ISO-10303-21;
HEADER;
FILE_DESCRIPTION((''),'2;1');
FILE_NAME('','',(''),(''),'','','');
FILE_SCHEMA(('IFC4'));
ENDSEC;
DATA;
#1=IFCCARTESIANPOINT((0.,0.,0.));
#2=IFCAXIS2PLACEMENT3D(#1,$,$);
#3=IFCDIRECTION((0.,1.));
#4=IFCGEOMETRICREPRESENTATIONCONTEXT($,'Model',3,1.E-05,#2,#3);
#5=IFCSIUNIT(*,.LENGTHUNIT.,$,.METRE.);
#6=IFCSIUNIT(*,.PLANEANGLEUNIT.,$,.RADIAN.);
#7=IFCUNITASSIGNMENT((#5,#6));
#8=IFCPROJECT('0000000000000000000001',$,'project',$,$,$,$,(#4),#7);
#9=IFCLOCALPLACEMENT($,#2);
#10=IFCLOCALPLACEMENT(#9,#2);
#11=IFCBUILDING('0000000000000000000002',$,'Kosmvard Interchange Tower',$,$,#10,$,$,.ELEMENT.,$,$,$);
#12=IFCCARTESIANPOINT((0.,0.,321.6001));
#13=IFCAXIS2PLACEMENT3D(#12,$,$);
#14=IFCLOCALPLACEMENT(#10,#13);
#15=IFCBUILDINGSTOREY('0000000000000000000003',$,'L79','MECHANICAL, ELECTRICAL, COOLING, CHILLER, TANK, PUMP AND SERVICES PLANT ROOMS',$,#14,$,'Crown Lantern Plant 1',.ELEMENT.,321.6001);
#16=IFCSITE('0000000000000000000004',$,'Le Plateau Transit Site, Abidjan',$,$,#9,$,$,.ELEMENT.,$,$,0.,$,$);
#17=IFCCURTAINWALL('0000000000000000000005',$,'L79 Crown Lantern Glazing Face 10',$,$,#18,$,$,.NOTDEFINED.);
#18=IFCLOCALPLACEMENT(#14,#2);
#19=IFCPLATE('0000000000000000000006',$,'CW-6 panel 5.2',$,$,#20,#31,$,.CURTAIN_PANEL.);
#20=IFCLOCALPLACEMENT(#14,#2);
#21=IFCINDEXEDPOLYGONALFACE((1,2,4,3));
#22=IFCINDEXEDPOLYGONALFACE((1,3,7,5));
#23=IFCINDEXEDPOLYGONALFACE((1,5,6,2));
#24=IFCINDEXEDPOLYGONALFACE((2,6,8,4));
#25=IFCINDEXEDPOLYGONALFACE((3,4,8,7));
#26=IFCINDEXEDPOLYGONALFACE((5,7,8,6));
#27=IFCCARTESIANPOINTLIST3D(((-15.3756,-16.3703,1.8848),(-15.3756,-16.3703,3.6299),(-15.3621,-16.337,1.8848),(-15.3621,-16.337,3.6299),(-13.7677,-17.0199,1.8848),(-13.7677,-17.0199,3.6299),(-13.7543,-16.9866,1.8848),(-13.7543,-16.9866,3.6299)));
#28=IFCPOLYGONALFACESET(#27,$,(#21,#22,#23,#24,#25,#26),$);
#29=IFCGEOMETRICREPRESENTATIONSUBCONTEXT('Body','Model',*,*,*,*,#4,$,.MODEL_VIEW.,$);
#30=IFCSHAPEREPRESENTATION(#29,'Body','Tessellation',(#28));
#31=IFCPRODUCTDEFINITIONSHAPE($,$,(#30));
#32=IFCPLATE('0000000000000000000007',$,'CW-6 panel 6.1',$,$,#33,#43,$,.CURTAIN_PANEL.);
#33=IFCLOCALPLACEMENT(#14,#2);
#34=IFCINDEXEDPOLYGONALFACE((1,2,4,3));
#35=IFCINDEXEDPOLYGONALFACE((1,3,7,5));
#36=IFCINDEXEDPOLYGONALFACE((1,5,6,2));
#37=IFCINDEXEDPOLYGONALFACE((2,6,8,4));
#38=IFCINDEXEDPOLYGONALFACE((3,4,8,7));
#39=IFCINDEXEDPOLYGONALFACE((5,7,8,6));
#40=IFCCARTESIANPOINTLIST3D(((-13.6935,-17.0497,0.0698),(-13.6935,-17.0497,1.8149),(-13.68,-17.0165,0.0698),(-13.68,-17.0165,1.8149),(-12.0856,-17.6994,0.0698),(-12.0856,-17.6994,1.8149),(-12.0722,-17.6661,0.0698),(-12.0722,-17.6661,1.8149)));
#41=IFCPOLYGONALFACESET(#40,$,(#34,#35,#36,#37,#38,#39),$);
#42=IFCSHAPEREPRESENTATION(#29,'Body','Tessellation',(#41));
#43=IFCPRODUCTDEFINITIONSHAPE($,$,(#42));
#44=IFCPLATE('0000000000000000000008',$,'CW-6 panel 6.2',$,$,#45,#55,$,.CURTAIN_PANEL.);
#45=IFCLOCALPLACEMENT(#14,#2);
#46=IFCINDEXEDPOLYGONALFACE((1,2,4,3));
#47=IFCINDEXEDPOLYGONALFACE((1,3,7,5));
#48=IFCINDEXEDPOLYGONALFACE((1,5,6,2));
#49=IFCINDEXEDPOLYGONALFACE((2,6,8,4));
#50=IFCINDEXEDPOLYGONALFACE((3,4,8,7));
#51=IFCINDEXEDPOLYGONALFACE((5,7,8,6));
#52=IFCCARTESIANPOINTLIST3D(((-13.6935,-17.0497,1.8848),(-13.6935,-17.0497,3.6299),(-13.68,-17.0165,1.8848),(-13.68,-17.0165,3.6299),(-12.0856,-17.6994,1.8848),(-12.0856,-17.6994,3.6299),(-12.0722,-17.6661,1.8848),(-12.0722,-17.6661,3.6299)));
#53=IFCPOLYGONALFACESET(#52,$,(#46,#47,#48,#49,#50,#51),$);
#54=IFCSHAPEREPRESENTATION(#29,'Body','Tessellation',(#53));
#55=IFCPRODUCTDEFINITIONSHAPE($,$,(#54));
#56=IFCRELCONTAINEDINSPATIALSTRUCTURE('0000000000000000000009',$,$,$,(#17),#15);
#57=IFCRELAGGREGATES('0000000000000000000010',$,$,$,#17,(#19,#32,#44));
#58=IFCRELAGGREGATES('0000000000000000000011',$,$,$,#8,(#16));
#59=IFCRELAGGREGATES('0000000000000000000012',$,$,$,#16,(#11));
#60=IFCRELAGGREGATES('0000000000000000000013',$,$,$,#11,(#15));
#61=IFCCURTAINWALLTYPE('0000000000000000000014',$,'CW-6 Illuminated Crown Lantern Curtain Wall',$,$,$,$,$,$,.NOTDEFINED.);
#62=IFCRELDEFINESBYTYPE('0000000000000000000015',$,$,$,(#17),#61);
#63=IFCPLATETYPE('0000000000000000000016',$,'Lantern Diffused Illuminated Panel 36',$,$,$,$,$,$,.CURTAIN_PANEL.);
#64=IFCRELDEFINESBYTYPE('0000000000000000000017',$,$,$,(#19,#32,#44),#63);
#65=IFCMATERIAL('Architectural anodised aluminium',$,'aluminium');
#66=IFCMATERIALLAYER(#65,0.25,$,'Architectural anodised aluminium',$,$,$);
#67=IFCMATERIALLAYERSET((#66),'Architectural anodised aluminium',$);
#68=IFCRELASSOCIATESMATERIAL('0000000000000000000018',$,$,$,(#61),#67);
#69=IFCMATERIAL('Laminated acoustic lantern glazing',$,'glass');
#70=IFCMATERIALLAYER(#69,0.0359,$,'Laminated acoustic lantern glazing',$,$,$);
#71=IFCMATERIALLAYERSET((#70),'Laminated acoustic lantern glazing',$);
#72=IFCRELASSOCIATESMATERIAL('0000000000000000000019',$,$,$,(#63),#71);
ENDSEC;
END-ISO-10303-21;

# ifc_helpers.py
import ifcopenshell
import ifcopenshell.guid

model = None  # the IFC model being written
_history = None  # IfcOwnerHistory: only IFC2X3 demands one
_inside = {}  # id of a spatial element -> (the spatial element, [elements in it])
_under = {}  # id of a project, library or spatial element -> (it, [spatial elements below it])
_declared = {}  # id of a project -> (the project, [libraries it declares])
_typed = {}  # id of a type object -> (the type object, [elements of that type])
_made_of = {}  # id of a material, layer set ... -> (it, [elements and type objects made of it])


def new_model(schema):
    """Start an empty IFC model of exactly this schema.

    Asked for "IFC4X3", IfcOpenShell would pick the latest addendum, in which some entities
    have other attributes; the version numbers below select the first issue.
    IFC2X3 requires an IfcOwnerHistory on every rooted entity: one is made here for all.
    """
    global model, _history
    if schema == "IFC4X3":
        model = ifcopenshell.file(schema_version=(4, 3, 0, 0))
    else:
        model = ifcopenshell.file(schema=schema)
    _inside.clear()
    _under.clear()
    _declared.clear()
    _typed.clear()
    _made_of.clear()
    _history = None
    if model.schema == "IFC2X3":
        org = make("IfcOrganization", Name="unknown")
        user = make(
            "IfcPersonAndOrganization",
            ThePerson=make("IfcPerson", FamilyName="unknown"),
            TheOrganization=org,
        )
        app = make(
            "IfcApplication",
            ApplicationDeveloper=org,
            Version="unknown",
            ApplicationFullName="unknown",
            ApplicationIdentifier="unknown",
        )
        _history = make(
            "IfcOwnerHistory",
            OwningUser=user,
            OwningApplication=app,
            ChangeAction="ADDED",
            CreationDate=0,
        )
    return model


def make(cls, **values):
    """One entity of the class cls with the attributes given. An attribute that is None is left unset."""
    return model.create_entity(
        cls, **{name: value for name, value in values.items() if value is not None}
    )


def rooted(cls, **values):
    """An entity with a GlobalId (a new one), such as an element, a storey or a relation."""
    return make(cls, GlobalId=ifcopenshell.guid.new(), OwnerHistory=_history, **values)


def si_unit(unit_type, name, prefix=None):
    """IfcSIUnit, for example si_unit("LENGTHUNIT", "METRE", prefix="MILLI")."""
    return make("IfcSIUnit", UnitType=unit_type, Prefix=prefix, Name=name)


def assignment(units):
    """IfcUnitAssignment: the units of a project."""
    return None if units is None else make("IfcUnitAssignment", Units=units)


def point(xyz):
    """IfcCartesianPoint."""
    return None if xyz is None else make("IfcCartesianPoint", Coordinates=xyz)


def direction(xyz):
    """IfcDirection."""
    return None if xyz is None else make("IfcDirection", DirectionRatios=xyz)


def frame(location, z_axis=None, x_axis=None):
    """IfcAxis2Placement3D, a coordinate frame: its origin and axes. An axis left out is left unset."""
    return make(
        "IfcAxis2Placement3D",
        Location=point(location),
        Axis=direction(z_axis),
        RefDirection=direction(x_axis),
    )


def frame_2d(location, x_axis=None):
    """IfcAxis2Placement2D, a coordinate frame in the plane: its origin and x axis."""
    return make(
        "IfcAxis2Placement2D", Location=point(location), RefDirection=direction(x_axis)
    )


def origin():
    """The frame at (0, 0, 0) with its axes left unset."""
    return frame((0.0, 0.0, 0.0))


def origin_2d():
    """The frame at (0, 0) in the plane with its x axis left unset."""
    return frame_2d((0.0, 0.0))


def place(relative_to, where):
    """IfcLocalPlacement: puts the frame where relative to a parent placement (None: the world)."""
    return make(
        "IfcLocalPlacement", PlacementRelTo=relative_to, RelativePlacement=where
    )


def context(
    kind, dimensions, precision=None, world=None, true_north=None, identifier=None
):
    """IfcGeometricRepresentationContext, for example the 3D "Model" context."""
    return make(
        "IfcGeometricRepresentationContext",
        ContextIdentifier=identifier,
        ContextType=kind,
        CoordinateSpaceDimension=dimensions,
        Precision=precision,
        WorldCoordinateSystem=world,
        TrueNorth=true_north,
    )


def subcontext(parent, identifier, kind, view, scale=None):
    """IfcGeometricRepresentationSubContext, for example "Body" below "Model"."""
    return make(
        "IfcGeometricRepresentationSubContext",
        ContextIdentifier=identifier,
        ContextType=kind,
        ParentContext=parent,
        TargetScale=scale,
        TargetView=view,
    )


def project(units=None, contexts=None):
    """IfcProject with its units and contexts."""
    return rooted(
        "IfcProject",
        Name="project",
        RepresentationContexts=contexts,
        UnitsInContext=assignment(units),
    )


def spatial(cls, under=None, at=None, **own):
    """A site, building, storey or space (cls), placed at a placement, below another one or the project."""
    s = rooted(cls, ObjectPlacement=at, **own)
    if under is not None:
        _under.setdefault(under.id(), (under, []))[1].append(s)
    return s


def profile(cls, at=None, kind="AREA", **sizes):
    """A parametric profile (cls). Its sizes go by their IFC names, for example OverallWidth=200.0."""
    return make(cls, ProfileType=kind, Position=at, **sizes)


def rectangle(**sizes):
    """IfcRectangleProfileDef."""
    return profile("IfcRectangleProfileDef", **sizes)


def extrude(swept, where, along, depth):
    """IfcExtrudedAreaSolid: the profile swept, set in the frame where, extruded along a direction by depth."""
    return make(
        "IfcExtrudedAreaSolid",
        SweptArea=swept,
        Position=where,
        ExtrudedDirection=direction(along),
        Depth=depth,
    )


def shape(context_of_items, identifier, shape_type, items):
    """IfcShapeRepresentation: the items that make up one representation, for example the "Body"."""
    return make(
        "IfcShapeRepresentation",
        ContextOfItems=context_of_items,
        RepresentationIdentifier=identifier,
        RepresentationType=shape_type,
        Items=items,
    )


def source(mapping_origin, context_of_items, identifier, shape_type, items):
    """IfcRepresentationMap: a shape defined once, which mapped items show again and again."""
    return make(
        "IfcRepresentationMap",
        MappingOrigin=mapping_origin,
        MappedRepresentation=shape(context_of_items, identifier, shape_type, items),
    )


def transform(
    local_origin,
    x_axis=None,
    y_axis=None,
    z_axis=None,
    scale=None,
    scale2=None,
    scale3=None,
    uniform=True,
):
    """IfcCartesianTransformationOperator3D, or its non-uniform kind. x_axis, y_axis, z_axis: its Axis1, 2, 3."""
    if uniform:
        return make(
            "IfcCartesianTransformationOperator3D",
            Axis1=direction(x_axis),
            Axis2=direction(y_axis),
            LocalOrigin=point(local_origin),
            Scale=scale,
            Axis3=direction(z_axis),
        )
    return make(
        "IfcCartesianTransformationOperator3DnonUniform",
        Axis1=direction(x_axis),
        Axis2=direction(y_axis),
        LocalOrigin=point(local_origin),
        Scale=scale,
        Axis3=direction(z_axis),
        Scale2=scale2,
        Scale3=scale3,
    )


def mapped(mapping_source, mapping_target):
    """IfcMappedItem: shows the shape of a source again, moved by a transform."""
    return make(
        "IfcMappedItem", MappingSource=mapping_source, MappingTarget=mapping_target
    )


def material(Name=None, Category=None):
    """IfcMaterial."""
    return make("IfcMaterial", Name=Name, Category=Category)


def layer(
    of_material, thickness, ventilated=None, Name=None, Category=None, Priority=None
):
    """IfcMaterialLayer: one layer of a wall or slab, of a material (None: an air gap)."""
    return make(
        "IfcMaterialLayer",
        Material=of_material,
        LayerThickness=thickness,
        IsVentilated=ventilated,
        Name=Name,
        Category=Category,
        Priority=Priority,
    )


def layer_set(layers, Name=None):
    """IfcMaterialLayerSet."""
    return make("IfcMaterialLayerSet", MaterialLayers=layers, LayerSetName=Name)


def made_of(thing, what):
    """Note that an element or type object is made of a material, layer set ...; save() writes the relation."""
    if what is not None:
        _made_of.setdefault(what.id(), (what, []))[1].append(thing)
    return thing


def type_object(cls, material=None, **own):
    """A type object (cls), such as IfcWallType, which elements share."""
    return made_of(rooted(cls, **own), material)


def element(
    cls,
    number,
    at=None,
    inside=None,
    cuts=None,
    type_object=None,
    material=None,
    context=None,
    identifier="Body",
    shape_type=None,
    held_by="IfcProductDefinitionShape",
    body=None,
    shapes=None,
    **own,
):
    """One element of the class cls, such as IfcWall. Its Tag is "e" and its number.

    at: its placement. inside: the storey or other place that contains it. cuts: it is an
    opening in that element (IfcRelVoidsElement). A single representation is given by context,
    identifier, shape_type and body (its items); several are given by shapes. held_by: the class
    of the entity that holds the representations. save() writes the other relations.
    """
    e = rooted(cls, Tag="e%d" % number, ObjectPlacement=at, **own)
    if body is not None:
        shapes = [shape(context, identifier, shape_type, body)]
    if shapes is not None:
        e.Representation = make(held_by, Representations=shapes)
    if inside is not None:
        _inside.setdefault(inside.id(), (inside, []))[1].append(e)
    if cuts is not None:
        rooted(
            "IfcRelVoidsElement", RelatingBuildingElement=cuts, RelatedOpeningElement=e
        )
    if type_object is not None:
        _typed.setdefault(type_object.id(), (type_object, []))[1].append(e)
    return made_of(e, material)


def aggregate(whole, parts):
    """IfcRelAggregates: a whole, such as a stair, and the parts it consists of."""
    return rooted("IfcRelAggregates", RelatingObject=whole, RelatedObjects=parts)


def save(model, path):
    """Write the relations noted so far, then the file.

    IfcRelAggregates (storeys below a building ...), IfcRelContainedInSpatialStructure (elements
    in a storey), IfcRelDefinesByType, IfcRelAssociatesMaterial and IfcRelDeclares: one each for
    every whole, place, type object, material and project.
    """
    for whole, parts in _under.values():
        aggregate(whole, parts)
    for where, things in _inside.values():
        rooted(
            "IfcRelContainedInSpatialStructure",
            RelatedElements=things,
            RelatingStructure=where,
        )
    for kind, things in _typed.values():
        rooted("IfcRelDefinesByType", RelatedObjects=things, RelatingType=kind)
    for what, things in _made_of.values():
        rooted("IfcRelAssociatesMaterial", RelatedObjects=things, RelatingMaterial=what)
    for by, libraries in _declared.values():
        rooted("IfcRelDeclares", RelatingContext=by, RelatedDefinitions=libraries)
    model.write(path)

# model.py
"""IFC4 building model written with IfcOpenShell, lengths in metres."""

from ifc_helpers import new_model, si_unit, direction, frame, origin, origin_2d, place, context, subcontext, project, spatial, rectangle, extrude, source, transform, mapped, material, layer, layer_set, type_object, element, aggregate, save


model = new_model("IFC4")

# Units and contexts
model_context = context("Model", 3, precision=1e-05, world=origin(), true_north=direction((0.0, 1.0)))
body_context = subcontext(model_context, "Body", "Model", "MODEL_VIEW")
ifc_project = project(units=[si_unit("LENGTHUNIT", "METRE"), si_unit("PLANEANGLEUNIT", "RADIAN")], contexts=[model_context])

# Site, building, storey
site_placement = place(None, origin())
site = spatial("IfcSite", under=ifc_project, at=site_placement, Name="Le Plateau Transit Site, Abidjan", CompositionType="ELEMENT", RefElevation=0.0)
building_placement = place(site_placement, origin())
building = spatial("IfcBuilding", under=site, at=building_placement, Name="Kosmvard Interchange Tower", CompositionType="ELEMENT")
storey_placement = place(building_placement, frame((0.0, 0.0, 321.6001)))
storey = spatial("IfcBuildingStorey", under=building, at=storey_placement, Name="L79", Description="MECHANICAL, ELECTRICAL, COOLING, CHILLER, TANK, PUMP AND SERVICES PLANT ROOMS", LongName="Crown Lantern Plant 1", CompositionType="ELEMENT", Elevation=321.6001)

# Curtain wall
ifc_material_1 = material(Name="Architectural anodised aluminium", Category="aluminium")
ifc_layer_1 = layer(ifc_material_1, 0.25, Name="Architectural anodised aluminium")
ifc_layer_set_1 = layer_set([ifc_layer_1], Name="Architectural anodised aluminium")
curtain_wall_type = type_object("IfcCurtainWallType", Name="CW-6 Illuminated Crown Lantern Curtain Wall", PredefinedType="NOTDEFINED", material=ifc_layer_set_1)
curtain_wall_placement = place(storey_placement, origin())
curtain_wall = element("IfcCurtainWall", 1, at=curtain_wall_placement, inside=storey, type_object=curtain_wall_type, Name="L79 Crown Lantern Glazing Face 10", PredefinedType="NOTDEFINED")

# Plates
ifc_material_2 = material(Name="Laminated acoustic lantern glazing", Category="glass")
ifc_layer_2 = layer(ifc_material_2, 0.0359, Name="Laminated acoustic lantern glazing")
ifc_layer_set_2 = layer_set([ifc_layer_2], Name="Laminated acoustic lantern glazing")
plate_type_1 = type_object("IfcPlateType", Name="Lantern Diffused Illuminated Panel 36", PredefinedType="CURTAIN_PANEL", material=ifc_layer_set_2)
shared_shape_1 = source(origin(), body_context, "Body", "SweptSolid", [
    extrude(rectangle(XDim=1.7341, YDim=0.0359, at=origin_2d()), origin(), (0.0, 0.0, 1.0), 1.7451),
])
plate_1_placement = place(storey_placement, frame((-14.5649, -16.6785, 1.8848), z_axis=(0.0, 0.0, 1.0), x_axis=(0.927184, -0.374607, 0.0)))
plate_1 = element("IfcPlate", 2, at=plate_1_placement, type_object=plate_type_1, Name="CW-6 panel 5.2", PredefinedType="CURTAIN_PANEL", context=body_context, shape_type="MappedRepresentation", body=[
    mapped(shared_shape_1, transform((0.0, 0.0, 0.0), scale=1.0)),
])
plate_2_placement = place(storey_placement, frame((-12.8828, -17.3579, 0.0698), z_axis=(0.0, 0.0, 1.0), x_axis=(0.927184, -0.374607, 0.0)))
plate_2 = element("IfcPlate", 3, at=plate_2_placement, type_object=plate_type_1, Name="CW-6 panel 6.1", PredefinedType="CURTAIN_PANEL", context=body_context, shape_type="MappedRepresentation", body=[
    mapped(shared_shape_1, transform((0.0, 0.0, 0.0), scale=1.0)),
])
plate_3_placement = place(storey_placement, frame((-12.8828, -17.3579, 1.8848), z_axis=(0.0, 0.0, 1.0), x_axis=(0.927184, -0.374607, 0.0)))
plate_3 = element("IfcPlate", 4, at=plate_3_placement, type_object=plate_type_1, Name="CW-6 panel 6.2", PredefinedType="CURTAIN_PANEL", context=body_context, shape_type="MappedRepresentation", body=[
    mapped(shared_shape_1, transform((0.0, 0.0, 0.0), scale=1.0)),
])
aggregate(curtain_wall, [plate_1, plate_2, plate_3])

save(model, "model.ifc")
